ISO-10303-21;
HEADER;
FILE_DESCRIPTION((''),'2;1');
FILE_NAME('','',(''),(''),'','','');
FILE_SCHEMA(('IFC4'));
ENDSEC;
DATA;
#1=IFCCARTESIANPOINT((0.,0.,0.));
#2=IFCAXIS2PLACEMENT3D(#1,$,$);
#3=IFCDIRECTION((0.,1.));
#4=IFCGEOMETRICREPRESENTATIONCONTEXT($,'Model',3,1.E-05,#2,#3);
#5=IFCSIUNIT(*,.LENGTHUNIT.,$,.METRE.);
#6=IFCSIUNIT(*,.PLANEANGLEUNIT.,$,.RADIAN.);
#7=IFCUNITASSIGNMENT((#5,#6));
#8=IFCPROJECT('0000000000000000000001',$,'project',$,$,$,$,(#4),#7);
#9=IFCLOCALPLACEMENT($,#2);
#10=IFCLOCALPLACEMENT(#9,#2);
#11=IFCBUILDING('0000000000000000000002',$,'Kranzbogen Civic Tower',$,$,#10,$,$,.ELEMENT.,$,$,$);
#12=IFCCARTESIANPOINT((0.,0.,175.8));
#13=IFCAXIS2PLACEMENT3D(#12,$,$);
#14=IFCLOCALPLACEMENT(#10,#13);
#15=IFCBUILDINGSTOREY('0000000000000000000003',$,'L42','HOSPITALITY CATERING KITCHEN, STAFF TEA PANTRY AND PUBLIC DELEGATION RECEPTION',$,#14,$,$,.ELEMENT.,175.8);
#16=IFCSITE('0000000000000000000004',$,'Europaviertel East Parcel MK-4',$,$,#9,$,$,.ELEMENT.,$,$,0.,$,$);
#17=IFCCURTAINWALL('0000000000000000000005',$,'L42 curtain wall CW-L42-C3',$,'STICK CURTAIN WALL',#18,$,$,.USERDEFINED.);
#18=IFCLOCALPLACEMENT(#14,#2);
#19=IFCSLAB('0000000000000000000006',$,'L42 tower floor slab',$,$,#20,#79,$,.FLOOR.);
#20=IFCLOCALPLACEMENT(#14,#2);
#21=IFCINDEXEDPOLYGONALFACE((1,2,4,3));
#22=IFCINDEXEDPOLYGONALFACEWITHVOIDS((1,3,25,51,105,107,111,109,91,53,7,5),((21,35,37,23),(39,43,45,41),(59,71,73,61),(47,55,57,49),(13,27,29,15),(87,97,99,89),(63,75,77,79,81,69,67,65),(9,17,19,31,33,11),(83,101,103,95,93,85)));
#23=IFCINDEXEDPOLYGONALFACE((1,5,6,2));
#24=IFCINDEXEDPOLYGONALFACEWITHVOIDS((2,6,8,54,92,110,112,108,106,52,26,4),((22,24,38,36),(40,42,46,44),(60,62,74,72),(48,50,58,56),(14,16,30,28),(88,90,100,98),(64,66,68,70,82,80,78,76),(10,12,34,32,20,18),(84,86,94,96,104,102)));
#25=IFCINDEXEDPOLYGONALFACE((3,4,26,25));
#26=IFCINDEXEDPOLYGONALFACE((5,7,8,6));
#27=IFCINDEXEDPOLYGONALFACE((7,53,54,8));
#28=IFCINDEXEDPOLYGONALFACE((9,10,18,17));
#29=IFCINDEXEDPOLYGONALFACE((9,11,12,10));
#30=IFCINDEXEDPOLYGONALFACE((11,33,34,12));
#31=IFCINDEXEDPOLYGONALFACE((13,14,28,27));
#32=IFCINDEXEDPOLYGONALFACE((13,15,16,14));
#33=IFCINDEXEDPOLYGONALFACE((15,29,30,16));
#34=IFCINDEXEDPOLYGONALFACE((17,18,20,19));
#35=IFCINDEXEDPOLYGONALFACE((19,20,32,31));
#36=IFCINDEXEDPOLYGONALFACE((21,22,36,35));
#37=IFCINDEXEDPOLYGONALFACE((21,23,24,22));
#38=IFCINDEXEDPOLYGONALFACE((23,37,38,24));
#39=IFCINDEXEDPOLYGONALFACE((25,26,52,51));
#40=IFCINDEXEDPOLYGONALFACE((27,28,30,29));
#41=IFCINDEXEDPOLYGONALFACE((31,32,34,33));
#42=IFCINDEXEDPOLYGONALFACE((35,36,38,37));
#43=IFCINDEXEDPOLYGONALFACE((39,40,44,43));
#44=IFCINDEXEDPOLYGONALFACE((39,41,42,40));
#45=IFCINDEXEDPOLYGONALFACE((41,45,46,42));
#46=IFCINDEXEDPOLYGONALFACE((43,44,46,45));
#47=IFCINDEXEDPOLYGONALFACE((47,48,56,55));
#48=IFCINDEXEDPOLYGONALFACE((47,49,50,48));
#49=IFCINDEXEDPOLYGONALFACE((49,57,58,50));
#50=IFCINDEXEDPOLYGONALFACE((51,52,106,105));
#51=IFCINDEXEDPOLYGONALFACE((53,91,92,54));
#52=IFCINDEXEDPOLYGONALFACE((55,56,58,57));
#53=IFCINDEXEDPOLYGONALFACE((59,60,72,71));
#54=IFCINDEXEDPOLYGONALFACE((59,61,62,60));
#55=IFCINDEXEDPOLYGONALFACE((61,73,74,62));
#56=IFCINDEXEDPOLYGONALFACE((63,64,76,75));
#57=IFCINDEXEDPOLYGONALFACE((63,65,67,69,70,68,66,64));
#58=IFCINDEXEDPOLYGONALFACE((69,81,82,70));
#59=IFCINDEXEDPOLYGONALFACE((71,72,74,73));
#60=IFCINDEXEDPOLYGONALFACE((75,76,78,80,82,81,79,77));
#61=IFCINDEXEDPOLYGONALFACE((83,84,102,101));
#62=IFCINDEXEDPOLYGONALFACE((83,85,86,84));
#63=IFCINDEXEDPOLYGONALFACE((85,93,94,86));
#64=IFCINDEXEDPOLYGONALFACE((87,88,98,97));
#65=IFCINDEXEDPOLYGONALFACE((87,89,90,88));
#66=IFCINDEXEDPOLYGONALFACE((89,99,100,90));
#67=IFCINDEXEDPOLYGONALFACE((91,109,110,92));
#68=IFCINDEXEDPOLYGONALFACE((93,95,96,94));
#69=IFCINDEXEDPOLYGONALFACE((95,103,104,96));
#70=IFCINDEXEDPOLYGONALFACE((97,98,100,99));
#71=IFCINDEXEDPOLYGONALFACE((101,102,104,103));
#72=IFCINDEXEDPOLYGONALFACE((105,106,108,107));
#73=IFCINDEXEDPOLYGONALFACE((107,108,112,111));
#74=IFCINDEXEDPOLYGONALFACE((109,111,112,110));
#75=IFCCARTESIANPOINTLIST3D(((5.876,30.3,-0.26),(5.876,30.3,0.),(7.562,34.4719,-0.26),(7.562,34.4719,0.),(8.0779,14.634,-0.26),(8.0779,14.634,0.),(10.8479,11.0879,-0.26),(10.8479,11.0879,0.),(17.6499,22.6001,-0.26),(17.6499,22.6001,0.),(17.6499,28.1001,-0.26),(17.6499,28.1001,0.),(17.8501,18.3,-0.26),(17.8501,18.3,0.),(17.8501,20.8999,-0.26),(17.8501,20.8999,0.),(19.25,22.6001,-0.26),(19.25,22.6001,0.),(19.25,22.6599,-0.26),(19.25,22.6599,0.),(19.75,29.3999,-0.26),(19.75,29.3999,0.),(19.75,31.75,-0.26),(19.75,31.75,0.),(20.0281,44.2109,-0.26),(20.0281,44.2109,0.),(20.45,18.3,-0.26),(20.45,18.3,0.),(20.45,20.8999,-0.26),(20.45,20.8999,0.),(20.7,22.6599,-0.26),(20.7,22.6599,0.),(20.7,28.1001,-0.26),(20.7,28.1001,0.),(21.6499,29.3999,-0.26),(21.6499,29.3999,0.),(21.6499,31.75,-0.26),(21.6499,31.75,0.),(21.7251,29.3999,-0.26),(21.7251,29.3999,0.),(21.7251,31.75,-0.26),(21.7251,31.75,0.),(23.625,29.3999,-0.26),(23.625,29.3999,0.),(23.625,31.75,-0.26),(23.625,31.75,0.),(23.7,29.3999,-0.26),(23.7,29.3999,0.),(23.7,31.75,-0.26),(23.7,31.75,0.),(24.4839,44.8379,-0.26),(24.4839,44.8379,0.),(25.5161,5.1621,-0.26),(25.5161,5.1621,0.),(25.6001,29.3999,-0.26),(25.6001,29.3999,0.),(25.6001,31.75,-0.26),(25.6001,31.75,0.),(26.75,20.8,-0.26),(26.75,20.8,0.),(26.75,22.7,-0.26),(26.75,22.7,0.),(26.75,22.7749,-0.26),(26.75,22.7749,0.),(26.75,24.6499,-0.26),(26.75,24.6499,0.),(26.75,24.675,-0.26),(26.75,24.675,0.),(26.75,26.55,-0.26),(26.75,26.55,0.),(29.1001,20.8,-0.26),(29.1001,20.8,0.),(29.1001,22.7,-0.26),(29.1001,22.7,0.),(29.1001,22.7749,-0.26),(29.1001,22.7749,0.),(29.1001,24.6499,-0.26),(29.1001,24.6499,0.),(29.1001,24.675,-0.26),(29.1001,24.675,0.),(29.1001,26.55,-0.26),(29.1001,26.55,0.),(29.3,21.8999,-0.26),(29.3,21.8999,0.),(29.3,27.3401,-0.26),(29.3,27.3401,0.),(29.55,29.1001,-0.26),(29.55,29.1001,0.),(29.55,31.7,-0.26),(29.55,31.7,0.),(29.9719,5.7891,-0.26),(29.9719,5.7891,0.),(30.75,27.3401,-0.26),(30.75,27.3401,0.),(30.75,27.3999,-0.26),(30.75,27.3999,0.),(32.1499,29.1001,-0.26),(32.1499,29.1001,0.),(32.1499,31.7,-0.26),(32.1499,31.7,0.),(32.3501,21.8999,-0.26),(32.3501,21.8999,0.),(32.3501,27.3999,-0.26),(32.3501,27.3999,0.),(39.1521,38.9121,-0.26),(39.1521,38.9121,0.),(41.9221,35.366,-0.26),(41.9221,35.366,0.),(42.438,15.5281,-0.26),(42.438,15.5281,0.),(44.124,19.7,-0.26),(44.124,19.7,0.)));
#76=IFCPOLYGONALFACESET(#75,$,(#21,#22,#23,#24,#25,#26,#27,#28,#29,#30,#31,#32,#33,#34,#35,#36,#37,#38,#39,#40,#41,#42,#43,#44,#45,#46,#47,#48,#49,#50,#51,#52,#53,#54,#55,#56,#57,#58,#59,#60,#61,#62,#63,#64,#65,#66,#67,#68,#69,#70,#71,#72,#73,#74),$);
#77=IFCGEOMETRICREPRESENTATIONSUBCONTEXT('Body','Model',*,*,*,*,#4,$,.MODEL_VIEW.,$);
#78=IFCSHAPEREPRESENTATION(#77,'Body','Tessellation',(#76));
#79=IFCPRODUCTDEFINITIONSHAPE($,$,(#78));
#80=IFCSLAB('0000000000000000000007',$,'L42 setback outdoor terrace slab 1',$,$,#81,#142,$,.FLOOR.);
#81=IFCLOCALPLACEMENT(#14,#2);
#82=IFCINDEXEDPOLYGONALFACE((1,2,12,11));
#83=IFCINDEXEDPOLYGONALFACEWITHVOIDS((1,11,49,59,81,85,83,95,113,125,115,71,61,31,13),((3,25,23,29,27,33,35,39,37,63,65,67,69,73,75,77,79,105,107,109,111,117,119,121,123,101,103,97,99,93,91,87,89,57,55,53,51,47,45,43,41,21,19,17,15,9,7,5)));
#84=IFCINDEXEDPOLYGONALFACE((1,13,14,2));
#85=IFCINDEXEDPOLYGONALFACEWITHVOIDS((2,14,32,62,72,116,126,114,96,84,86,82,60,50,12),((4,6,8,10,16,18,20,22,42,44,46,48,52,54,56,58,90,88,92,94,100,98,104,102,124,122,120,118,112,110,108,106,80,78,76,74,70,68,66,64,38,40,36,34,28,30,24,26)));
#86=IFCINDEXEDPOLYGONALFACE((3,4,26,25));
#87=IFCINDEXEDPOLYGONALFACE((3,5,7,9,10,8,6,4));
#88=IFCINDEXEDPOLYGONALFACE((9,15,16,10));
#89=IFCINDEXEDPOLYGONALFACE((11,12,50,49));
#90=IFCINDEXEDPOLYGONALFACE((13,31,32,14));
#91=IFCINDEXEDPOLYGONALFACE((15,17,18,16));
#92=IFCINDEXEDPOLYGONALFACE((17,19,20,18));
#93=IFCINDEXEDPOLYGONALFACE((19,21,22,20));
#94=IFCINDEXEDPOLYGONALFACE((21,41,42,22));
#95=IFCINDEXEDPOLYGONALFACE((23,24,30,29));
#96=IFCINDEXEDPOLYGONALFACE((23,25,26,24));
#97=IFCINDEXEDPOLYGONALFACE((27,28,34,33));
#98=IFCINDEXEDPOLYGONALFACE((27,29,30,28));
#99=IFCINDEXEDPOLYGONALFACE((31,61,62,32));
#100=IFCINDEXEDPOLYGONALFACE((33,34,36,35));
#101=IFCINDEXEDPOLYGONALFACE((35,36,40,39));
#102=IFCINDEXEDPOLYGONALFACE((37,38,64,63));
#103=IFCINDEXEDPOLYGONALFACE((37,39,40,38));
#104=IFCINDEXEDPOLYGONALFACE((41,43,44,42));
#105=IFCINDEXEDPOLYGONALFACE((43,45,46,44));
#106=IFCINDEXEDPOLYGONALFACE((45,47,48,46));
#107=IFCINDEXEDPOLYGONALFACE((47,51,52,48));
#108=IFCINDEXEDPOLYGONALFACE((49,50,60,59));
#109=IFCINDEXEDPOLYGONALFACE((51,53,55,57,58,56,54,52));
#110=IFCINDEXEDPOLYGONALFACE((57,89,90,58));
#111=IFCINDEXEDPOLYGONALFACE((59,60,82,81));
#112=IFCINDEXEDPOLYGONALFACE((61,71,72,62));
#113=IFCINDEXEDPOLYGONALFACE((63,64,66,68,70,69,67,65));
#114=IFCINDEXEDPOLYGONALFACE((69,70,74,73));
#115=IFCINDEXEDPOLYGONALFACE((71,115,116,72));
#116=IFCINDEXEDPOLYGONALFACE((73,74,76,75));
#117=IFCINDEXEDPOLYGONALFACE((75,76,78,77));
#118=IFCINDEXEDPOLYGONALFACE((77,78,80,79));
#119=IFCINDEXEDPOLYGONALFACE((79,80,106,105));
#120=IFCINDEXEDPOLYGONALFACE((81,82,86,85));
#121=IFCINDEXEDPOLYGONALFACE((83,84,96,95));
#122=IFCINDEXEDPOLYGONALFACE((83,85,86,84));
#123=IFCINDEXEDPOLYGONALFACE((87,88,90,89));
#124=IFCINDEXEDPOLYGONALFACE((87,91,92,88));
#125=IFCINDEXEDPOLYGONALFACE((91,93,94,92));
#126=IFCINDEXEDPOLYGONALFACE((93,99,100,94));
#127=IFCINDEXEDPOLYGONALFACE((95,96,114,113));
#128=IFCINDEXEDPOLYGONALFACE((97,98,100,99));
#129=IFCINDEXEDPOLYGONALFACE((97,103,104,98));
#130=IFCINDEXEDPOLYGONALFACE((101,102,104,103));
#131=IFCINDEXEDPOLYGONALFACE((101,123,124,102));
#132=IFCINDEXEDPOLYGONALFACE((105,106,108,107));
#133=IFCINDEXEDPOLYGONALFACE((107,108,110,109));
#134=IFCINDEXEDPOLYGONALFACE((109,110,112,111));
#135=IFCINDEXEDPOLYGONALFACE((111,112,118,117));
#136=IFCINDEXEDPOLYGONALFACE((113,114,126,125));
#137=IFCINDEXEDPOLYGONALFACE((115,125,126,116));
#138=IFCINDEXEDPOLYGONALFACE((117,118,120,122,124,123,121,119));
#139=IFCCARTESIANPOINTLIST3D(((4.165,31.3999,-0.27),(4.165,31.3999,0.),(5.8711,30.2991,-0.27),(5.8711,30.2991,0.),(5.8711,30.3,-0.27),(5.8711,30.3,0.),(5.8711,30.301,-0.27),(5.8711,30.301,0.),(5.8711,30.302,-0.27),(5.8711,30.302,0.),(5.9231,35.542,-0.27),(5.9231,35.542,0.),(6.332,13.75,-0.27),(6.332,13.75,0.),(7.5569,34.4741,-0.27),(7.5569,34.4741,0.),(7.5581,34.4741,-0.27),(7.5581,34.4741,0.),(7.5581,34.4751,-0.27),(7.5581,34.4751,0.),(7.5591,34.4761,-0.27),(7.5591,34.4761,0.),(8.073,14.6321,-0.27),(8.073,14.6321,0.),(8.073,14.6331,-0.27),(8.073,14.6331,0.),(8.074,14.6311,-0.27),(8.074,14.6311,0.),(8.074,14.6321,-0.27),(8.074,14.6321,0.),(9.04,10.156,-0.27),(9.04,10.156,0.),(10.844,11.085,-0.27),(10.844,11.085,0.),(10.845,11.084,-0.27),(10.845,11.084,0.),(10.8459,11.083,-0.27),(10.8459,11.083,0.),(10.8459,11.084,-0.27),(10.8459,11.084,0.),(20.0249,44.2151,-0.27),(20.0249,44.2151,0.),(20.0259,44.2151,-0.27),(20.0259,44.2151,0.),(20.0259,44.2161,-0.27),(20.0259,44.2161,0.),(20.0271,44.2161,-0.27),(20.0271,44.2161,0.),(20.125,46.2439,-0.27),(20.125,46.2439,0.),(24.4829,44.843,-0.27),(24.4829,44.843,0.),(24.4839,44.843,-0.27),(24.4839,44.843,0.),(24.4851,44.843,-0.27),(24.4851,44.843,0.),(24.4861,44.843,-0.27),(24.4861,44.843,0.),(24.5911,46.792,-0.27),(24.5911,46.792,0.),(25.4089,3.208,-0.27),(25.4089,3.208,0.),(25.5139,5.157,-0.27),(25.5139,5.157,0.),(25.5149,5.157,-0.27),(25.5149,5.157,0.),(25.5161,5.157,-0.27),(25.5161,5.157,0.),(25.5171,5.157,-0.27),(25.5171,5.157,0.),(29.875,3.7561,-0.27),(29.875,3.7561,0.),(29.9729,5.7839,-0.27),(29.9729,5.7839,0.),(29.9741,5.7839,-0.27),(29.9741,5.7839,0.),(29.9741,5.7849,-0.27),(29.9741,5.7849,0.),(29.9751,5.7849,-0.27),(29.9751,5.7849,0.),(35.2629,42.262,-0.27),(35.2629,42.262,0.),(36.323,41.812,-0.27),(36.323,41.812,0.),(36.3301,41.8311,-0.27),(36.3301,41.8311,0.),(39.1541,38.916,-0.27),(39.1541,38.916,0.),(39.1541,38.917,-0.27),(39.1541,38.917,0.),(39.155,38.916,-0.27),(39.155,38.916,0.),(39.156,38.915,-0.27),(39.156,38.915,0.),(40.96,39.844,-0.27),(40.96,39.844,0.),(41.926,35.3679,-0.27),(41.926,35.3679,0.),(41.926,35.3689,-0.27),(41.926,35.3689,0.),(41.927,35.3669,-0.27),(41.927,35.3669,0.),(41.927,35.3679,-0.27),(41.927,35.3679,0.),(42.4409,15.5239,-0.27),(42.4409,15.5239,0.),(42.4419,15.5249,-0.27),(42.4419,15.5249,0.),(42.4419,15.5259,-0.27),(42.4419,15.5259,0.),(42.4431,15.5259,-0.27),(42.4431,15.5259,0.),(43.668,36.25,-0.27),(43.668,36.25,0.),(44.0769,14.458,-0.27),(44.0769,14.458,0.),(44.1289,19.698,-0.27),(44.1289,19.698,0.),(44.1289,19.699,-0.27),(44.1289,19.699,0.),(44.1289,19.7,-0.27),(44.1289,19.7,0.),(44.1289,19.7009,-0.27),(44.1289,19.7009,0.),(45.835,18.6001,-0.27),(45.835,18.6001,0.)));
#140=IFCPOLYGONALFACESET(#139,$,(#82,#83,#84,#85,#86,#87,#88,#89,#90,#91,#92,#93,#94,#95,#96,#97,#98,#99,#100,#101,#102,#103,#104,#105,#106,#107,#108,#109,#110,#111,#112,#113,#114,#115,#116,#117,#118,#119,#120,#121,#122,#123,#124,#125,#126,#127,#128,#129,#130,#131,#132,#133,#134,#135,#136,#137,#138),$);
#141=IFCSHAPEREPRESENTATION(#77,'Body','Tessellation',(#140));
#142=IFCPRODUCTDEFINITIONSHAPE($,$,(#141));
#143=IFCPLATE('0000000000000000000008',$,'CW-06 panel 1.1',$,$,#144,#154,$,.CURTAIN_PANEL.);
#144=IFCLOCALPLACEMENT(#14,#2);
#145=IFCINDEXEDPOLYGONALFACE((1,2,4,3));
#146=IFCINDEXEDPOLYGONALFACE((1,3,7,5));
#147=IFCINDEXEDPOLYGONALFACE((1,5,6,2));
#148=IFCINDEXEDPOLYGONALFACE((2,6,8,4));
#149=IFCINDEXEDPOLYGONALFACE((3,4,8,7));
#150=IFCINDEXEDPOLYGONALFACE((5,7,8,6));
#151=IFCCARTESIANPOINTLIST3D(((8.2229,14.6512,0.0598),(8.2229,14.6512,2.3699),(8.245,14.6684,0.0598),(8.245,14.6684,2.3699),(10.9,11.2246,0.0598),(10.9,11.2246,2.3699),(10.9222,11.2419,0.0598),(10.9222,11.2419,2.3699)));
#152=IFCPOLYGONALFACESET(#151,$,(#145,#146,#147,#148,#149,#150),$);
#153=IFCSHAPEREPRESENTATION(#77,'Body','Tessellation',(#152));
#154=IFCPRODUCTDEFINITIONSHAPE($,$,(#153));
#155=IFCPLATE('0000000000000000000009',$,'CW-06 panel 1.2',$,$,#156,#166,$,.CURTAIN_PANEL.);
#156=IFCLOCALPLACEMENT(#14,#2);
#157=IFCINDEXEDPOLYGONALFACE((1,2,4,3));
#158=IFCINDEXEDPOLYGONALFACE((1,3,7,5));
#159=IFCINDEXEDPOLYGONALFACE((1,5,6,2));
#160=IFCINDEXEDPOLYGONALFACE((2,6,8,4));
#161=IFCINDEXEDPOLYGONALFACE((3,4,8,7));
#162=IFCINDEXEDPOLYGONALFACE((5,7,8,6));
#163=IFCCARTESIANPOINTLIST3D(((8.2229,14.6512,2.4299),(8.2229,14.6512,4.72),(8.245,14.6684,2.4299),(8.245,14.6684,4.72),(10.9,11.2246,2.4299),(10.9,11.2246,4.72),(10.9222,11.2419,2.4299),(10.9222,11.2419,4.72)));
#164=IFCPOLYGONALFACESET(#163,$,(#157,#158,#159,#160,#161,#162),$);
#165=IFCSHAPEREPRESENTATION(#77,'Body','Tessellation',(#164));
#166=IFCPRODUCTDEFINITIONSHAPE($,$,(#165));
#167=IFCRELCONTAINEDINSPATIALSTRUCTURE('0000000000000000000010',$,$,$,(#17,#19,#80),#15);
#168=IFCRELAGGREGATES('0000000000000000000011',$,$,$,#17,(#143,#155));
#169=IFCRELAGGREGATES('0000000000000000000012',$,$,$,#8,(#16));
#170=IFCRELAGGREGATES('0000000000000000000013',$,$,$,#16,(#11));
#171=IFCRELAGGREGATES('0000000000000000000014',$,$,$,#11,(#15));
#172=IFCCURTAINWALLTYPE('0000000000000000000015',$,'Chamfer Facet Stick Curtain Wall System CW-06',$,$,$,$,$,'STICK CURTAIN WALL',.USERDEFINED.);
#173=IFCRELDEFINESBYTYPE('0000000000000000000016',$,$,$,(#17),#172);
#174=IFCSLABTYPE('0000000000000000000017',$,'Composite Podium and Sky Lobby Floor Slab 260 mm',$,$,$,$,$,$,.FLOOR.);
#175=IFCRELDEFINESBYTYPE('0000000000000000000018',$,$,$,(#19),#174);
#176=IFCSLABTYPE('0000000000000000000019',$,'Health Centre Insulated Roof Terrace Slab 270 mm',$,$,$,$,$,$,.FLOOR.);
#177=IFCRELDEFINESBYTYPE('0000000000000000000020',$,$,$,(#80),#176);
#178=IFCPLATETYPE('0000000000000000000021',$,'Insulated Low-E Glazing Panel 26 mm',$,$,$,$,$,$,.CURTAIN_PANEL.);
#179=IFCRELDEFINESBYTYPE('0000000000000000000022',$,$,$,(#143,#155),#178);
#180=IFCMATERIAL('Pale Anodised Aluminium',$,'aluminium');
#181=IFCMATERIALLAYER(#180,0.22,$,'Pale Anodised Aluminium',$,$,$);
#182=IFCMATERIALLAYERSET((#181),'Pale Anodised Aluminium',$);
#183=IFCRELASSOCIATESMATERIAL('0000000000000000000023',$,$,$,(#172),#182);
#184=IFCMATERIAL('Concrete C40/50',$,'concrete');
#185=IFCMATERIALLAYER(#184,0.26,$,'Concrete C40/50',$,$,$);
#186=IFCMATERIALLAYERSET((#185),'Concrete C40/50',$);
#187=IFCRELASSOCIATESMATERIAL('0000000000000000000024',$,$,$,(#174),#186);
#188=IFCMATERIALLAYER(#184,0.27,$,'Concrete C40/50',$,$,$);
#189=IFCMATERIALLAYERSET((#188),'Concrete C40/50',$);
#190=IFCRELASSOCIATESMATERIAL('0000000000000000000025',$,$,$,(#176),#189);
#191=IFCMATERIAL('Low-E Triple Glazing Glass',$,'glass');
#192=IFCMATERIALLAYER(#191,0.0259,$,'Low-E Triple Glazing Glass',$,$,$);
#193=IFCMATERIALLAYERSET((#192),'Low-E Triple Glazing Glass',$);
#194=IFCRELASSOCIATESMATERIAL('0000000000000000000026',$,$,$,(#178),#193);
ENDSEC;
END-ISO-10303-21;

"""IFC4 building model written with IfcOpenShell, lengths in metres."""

from ifc_helpers import new_model, si_unit, direction, frame, origin, origin_2d, place, context, subcontext, project, spatial, polyline, rectangle, outline, extrude, material, layer, layer_set, type_object, element, aggregate, save


model = new_model("IFC4")

# Units and contexts
model_context = context("Model", 3, precision=1e-05, world=origin(), true_north=direction((0.0, 1.0)))
body_context = subcontext(model_context, "Body", "Model", "MODEL_VIEW")
ifc_project = project(units=[si_unit("LENGTHUNIT", "METRE"), si_unit("PLANEANGLEUNIT", "RADIAN")], contexts=[model_context])

# Site, building, storey
site_placement = place(None, origin())
site = spatial("IfcSite", under=ifc_project, at=site_placement, Name="Europaviertel East Parcel MK-4", CompositionType="ELEMENT", RefElevation=0.0)
building_placement = place(site_placement, origin())
building = spatial("IfcBuilding", under=site, at=building_placement, Name="Kranzbogen Civic Tower", CompositionType="ELEMENT")
storey_placement = place(building_placement, frame((0.0, 0.0, 175.8)))
storey = spatial("IfcBuildingStorey", under=building, at=storey_placement, Name="L42", Description="HOSPITALITY CATERING KITCHEN, STAFF TEA PANTRY AND PUBLIC DELEGATION RECEPTION", CompositionType="ELEMENT", Elevation=175.8)

# Curtain wall
ifc_material_1 = material(Name="Pale Anodised Aluminium", Category="aluminium")
ifc_layer_1 = layer(ifc_material_1, 0.22, Name="Pale Anodised Aluminium")
ifc_layer_set_1 = layer_set([ifc_layer_1], Name="Pale Anodised Aluminium")
curtain_wall_type_1 = type_object("IfcCurtainWallType", Name="Chamfer Facet Stick Curtain Wall System CW-06", ElementType="STICK CURTAIN WALL", PredefinedType="USERDEFINED", material=ifc_layer_set_1)
curtain_wall_1_placement = place(storey_placement, origin())
curtain_wall_1 = element("IfcCurtainWall", 1, at=curtain_wall_1_placement, inside=storey, type_object=curtain_wall_type_1, Name="L42 curtain wall CW-L42-C3", ObjectType="STICK CURTAIN WALL", PredefinedType="USERDEFINED")

# Slabs
ifc_material_2 = material(Name="Concrete C40/50", Category="concrete")
ifc_layer_2 = layer(ifc_material_2, 0.26, Name="Concrete C40/50")
ifc_layer_set_2 = layer_set([ifc_layer_2], Name="Concrete C40/50")
slab_type_1 = type_object("IfcSlabType", Name="Composite Podium and Sky Lobby Floor Slab 260 mm", PredefinedType="FLOOR", material=ifc_layer_set_2)
slab_1_placement = place(storey_placement, frame((0.0, 0.0, -0.26)))
element("IfcSlab", 2, at=slab_1_placement, inside=storey, type_object=slab_type_1, Name="L42 tower floor slab", PredefinedType="FLOOR", context=body_context, shape_type="SweptSolid", body=[
    extrude(outline(polyline([(39.1521, 38.9121), (24.4839, 44.8379), (20.0281, 44.2109), (7.562, 34.4719), (5.876, 30.3), (8.0779, 14.634), (10.8479, 11.0879), (25.5161, 5.1621), (29.9719, 5.7891), (42.438, 15.5281), (44.124, 19.7), (41.9221, 35.366), (39.1521, 38.9121)]), holes=[polyline([(20.45, 20.8999), (20.45, 18.3), (17.8501, 18.3), (17.8501, 20.8999), (20.45, 20.8999)]), polyline([(29.1001, 22.7), (29.1001, 20.8), (26.75, 20.8), (26.75, 22.7), (29.1001, 22.7)]), polyline([(29.1001, 24.6499), (29.1001, 22.7749), (26.75, 22.7749), (26.75, 24.6499), (26.75, 24.675), (26.75, 26.55), (29.1001, 26.55), (29.1001, 24.675), (29.1001, 24.6499)]), polyline([(30.75, 27.3401), (30.75, 27.3999), (32.3501, 27.3999), (32.3501, 21.8999), (29.3, 21.8999), (29.3, 27.3401), (30.75, 27.3401)]), polyline([(19.25, 22.6599), (19.25, 22.6001), (17.6499, 22.6001), (17.6499, 28.1001), (20.7, 28.1001), (20.7, 22.6599), (19.25, 22.6599)]), polyline([(32.1499, 31.7), (32.1499, 29.1001), (29.55, 29.1001), (29.55, 31.7), (32.1499, 31.7)]), polyline([(21.6499, 31.75), (21.6499, 29.3999), (19.75, 29.3999), (19.75, 31.75), (21.6499, 31.75)]), polyline([(23.625, 29.3999), (21.7251, 29.3999), (21.7251, 31.75), (23.625, 31.75), (23.625, 29.3999)]), polyline([(25.6001, 29.3999), (23.7, 29.3999), (23.7, 31.75), (25.6001, 31.75), (25.6001, 29.3999)])]), origin(), (0.0, 0.0, 1.0), 0.26),
])
ifc_layer_3 = layer(ifc_material_2, 0.27, Name="Concrete C40/50")
ifc_layer_set_3 = layer_set([ifc_layer_3], Name="Concrete C40/50")
slab_type_2 = type_object("IfcSlabType", Name="Health Centre Insulated Roof Terrace Slab 270 mm", PredefinedType="FLOOR", material=ifc_layer_set_3)
slab_2_placement = place(storey_placement, frame((0.0, 0.0, -0.27)))
element("IfcSlab", 3, at=slab_2_placement, inside=storey, type_object=slab_type_2, Name="L42 setback outdoor terrace slab 1", PredefinedType="FLOOR", context=body_context, shape_type="SweptSolid", body=[
    extrude(outline(polyline([(45.835, 18.6001), (43.668, 36.25), (40.96, 39.844), (36.323, 41.812), (36.3301, 41.8311), (35.2629, 42.262), (24.5911, 46.792), (20.125, 46.2439), (5.9231, 35.542), (4.165, 31.3999), (6.332, 13.75), (9.04, 10.156), (25.4089, 3.208), (29.875, 3.7561), (44.0769, 14.458), (45.835, 18.6001)]), holes=[polyline([(39.156, 38.915), (41.926, 35.3689), (41.926, 35.3689), (41.926, 35.3679), (41.927, 35.3679), (41.927, 35.3669), (41.927, 35.3669), (44.1289, 19.7009), (44.1289, 19.7), (44.1289, 19.7), (44.1289, 19.699), (44.1289, 19.699), (44.1289, 19.698), (42.4431, 15.5259), (42.4419, 15.5259), (42.4419, 15.5249), (42.4419, 15.5249), (42.4409, 15.5239), (42.4409, 15.5239), (29.9751, 5.7849), (29.9751, 5.7849), (29.9741, 5.7849), (29.9741, 5.7839), (29.9729, 5.7839), (29.9729, 5.7839), (25.5171, 5.157), (25.5161, 5.157), (25.5161, 5.157), (25.5149, 5.157), (25.5149, 5.157), (25.5139, 5.157), (10.8459, 11.083), (10.8459, 11.084), (10.845, 11.084), (10.845, 11.084), (10.844, 11.085), (10.844, 11.085), (8.074, 14.6311), (8.074, 14.6311), (8.074, 14.6321), (8.073, 14.6321), (8.073, 14.6331), (8.073, 14.6331), (5.8711, 30.2991), (5.8711, 30.3), (5.8711, 30.3), (5.8711, 30.301), (5.8711, 30.301), (5.8711, 30.302), (7.5569, 34.4741), (7.5581, 34.4741), (7.5581, 34.4751), (7.5581, 34.4751), (7.5591, 34.4761), (7.5591, 34.4761), (20.0249, 44.2151), (20.0249, 44.2151), (20.0259, 44.2151), (20.0259, 44.2161), (20.0271, 44.2161), (20.0271, 44.2161), (24.4829, 44.843), (24.4839, 44.843), (24.4839, 44.843), (24.4851, 44.843), (24.4851, 44.843), (24.4861, 44.843), (39.1541, 38.917), (39.1541, 38.916), (39.155, 38.916), (39.155, 38.916), (39.156, 38.915), (39.156, 38.915)])]), origin(), (0.0, 0.0, 1.0), 0.27),
])

# Plates
ifc_material_3 = material(Name="Low-E Triple Glazing Glass", Category="glass")
ifc_layer_4 = layer(ifc_material_3, 0.0259, Name="Low-E Triple Glazing Glass")
ifc_layer_set_4 = layer_set([ifc_layer_4], Name="Low-E Triple Glazing Glass")
plate_type_1 = type_object("IfcPlateType", Name="Insulated Low-E Glazing Panel 26 mm", PredefinedType="CURTAIN_PANEL", material=ifc_layer_set_4)
plate_1_placement = place(storey_placement, frame((9.5725, 12.9465, 0.0598), z_axis=(0.0, 0.0, 1.0), x_axis=(0.615674, -0.788001, 0.0)))
plate_1 = element("IfcPlate", 4, at=plate_1_placement, type_object=plate_type_1, Name="CW-06 panel 1.1", PredefinedType="CURTAIN_PANEL", context=body_context, shape_type="SweptSolid", body=[
    extrude(rectangle(XDim=4.3484, YDim=0.0281, at=origin_2d()), origin(), (0.0, 0.0, 1.0), 2.3101),
])
plate_2_placement = place(storey_placement, frame((9.5725, 12.9465, 2.4299), z_axis=(0.0, 0.0, 1.0), x_axis=(0.615674, -0.788001, 0.0)))
plate_2 = element("IfcPlate", 5, at=plate_2_placement, type_object=plate_type_1, Name="CW-06 panel 1.2", PredefinedType="CURTAIN_PANEL", context=body_context, shape_type="SweptSolid", body=[
    extrude(rectangle(XDim=4.3484, YDim=0.0281, at=origin_2d()), origin(), (0.0, 0.0, 1.0), 2.29),
])
aggregate(curtain_wall_1, [plate_1, plate_2])

save(model, "model.ifc")
